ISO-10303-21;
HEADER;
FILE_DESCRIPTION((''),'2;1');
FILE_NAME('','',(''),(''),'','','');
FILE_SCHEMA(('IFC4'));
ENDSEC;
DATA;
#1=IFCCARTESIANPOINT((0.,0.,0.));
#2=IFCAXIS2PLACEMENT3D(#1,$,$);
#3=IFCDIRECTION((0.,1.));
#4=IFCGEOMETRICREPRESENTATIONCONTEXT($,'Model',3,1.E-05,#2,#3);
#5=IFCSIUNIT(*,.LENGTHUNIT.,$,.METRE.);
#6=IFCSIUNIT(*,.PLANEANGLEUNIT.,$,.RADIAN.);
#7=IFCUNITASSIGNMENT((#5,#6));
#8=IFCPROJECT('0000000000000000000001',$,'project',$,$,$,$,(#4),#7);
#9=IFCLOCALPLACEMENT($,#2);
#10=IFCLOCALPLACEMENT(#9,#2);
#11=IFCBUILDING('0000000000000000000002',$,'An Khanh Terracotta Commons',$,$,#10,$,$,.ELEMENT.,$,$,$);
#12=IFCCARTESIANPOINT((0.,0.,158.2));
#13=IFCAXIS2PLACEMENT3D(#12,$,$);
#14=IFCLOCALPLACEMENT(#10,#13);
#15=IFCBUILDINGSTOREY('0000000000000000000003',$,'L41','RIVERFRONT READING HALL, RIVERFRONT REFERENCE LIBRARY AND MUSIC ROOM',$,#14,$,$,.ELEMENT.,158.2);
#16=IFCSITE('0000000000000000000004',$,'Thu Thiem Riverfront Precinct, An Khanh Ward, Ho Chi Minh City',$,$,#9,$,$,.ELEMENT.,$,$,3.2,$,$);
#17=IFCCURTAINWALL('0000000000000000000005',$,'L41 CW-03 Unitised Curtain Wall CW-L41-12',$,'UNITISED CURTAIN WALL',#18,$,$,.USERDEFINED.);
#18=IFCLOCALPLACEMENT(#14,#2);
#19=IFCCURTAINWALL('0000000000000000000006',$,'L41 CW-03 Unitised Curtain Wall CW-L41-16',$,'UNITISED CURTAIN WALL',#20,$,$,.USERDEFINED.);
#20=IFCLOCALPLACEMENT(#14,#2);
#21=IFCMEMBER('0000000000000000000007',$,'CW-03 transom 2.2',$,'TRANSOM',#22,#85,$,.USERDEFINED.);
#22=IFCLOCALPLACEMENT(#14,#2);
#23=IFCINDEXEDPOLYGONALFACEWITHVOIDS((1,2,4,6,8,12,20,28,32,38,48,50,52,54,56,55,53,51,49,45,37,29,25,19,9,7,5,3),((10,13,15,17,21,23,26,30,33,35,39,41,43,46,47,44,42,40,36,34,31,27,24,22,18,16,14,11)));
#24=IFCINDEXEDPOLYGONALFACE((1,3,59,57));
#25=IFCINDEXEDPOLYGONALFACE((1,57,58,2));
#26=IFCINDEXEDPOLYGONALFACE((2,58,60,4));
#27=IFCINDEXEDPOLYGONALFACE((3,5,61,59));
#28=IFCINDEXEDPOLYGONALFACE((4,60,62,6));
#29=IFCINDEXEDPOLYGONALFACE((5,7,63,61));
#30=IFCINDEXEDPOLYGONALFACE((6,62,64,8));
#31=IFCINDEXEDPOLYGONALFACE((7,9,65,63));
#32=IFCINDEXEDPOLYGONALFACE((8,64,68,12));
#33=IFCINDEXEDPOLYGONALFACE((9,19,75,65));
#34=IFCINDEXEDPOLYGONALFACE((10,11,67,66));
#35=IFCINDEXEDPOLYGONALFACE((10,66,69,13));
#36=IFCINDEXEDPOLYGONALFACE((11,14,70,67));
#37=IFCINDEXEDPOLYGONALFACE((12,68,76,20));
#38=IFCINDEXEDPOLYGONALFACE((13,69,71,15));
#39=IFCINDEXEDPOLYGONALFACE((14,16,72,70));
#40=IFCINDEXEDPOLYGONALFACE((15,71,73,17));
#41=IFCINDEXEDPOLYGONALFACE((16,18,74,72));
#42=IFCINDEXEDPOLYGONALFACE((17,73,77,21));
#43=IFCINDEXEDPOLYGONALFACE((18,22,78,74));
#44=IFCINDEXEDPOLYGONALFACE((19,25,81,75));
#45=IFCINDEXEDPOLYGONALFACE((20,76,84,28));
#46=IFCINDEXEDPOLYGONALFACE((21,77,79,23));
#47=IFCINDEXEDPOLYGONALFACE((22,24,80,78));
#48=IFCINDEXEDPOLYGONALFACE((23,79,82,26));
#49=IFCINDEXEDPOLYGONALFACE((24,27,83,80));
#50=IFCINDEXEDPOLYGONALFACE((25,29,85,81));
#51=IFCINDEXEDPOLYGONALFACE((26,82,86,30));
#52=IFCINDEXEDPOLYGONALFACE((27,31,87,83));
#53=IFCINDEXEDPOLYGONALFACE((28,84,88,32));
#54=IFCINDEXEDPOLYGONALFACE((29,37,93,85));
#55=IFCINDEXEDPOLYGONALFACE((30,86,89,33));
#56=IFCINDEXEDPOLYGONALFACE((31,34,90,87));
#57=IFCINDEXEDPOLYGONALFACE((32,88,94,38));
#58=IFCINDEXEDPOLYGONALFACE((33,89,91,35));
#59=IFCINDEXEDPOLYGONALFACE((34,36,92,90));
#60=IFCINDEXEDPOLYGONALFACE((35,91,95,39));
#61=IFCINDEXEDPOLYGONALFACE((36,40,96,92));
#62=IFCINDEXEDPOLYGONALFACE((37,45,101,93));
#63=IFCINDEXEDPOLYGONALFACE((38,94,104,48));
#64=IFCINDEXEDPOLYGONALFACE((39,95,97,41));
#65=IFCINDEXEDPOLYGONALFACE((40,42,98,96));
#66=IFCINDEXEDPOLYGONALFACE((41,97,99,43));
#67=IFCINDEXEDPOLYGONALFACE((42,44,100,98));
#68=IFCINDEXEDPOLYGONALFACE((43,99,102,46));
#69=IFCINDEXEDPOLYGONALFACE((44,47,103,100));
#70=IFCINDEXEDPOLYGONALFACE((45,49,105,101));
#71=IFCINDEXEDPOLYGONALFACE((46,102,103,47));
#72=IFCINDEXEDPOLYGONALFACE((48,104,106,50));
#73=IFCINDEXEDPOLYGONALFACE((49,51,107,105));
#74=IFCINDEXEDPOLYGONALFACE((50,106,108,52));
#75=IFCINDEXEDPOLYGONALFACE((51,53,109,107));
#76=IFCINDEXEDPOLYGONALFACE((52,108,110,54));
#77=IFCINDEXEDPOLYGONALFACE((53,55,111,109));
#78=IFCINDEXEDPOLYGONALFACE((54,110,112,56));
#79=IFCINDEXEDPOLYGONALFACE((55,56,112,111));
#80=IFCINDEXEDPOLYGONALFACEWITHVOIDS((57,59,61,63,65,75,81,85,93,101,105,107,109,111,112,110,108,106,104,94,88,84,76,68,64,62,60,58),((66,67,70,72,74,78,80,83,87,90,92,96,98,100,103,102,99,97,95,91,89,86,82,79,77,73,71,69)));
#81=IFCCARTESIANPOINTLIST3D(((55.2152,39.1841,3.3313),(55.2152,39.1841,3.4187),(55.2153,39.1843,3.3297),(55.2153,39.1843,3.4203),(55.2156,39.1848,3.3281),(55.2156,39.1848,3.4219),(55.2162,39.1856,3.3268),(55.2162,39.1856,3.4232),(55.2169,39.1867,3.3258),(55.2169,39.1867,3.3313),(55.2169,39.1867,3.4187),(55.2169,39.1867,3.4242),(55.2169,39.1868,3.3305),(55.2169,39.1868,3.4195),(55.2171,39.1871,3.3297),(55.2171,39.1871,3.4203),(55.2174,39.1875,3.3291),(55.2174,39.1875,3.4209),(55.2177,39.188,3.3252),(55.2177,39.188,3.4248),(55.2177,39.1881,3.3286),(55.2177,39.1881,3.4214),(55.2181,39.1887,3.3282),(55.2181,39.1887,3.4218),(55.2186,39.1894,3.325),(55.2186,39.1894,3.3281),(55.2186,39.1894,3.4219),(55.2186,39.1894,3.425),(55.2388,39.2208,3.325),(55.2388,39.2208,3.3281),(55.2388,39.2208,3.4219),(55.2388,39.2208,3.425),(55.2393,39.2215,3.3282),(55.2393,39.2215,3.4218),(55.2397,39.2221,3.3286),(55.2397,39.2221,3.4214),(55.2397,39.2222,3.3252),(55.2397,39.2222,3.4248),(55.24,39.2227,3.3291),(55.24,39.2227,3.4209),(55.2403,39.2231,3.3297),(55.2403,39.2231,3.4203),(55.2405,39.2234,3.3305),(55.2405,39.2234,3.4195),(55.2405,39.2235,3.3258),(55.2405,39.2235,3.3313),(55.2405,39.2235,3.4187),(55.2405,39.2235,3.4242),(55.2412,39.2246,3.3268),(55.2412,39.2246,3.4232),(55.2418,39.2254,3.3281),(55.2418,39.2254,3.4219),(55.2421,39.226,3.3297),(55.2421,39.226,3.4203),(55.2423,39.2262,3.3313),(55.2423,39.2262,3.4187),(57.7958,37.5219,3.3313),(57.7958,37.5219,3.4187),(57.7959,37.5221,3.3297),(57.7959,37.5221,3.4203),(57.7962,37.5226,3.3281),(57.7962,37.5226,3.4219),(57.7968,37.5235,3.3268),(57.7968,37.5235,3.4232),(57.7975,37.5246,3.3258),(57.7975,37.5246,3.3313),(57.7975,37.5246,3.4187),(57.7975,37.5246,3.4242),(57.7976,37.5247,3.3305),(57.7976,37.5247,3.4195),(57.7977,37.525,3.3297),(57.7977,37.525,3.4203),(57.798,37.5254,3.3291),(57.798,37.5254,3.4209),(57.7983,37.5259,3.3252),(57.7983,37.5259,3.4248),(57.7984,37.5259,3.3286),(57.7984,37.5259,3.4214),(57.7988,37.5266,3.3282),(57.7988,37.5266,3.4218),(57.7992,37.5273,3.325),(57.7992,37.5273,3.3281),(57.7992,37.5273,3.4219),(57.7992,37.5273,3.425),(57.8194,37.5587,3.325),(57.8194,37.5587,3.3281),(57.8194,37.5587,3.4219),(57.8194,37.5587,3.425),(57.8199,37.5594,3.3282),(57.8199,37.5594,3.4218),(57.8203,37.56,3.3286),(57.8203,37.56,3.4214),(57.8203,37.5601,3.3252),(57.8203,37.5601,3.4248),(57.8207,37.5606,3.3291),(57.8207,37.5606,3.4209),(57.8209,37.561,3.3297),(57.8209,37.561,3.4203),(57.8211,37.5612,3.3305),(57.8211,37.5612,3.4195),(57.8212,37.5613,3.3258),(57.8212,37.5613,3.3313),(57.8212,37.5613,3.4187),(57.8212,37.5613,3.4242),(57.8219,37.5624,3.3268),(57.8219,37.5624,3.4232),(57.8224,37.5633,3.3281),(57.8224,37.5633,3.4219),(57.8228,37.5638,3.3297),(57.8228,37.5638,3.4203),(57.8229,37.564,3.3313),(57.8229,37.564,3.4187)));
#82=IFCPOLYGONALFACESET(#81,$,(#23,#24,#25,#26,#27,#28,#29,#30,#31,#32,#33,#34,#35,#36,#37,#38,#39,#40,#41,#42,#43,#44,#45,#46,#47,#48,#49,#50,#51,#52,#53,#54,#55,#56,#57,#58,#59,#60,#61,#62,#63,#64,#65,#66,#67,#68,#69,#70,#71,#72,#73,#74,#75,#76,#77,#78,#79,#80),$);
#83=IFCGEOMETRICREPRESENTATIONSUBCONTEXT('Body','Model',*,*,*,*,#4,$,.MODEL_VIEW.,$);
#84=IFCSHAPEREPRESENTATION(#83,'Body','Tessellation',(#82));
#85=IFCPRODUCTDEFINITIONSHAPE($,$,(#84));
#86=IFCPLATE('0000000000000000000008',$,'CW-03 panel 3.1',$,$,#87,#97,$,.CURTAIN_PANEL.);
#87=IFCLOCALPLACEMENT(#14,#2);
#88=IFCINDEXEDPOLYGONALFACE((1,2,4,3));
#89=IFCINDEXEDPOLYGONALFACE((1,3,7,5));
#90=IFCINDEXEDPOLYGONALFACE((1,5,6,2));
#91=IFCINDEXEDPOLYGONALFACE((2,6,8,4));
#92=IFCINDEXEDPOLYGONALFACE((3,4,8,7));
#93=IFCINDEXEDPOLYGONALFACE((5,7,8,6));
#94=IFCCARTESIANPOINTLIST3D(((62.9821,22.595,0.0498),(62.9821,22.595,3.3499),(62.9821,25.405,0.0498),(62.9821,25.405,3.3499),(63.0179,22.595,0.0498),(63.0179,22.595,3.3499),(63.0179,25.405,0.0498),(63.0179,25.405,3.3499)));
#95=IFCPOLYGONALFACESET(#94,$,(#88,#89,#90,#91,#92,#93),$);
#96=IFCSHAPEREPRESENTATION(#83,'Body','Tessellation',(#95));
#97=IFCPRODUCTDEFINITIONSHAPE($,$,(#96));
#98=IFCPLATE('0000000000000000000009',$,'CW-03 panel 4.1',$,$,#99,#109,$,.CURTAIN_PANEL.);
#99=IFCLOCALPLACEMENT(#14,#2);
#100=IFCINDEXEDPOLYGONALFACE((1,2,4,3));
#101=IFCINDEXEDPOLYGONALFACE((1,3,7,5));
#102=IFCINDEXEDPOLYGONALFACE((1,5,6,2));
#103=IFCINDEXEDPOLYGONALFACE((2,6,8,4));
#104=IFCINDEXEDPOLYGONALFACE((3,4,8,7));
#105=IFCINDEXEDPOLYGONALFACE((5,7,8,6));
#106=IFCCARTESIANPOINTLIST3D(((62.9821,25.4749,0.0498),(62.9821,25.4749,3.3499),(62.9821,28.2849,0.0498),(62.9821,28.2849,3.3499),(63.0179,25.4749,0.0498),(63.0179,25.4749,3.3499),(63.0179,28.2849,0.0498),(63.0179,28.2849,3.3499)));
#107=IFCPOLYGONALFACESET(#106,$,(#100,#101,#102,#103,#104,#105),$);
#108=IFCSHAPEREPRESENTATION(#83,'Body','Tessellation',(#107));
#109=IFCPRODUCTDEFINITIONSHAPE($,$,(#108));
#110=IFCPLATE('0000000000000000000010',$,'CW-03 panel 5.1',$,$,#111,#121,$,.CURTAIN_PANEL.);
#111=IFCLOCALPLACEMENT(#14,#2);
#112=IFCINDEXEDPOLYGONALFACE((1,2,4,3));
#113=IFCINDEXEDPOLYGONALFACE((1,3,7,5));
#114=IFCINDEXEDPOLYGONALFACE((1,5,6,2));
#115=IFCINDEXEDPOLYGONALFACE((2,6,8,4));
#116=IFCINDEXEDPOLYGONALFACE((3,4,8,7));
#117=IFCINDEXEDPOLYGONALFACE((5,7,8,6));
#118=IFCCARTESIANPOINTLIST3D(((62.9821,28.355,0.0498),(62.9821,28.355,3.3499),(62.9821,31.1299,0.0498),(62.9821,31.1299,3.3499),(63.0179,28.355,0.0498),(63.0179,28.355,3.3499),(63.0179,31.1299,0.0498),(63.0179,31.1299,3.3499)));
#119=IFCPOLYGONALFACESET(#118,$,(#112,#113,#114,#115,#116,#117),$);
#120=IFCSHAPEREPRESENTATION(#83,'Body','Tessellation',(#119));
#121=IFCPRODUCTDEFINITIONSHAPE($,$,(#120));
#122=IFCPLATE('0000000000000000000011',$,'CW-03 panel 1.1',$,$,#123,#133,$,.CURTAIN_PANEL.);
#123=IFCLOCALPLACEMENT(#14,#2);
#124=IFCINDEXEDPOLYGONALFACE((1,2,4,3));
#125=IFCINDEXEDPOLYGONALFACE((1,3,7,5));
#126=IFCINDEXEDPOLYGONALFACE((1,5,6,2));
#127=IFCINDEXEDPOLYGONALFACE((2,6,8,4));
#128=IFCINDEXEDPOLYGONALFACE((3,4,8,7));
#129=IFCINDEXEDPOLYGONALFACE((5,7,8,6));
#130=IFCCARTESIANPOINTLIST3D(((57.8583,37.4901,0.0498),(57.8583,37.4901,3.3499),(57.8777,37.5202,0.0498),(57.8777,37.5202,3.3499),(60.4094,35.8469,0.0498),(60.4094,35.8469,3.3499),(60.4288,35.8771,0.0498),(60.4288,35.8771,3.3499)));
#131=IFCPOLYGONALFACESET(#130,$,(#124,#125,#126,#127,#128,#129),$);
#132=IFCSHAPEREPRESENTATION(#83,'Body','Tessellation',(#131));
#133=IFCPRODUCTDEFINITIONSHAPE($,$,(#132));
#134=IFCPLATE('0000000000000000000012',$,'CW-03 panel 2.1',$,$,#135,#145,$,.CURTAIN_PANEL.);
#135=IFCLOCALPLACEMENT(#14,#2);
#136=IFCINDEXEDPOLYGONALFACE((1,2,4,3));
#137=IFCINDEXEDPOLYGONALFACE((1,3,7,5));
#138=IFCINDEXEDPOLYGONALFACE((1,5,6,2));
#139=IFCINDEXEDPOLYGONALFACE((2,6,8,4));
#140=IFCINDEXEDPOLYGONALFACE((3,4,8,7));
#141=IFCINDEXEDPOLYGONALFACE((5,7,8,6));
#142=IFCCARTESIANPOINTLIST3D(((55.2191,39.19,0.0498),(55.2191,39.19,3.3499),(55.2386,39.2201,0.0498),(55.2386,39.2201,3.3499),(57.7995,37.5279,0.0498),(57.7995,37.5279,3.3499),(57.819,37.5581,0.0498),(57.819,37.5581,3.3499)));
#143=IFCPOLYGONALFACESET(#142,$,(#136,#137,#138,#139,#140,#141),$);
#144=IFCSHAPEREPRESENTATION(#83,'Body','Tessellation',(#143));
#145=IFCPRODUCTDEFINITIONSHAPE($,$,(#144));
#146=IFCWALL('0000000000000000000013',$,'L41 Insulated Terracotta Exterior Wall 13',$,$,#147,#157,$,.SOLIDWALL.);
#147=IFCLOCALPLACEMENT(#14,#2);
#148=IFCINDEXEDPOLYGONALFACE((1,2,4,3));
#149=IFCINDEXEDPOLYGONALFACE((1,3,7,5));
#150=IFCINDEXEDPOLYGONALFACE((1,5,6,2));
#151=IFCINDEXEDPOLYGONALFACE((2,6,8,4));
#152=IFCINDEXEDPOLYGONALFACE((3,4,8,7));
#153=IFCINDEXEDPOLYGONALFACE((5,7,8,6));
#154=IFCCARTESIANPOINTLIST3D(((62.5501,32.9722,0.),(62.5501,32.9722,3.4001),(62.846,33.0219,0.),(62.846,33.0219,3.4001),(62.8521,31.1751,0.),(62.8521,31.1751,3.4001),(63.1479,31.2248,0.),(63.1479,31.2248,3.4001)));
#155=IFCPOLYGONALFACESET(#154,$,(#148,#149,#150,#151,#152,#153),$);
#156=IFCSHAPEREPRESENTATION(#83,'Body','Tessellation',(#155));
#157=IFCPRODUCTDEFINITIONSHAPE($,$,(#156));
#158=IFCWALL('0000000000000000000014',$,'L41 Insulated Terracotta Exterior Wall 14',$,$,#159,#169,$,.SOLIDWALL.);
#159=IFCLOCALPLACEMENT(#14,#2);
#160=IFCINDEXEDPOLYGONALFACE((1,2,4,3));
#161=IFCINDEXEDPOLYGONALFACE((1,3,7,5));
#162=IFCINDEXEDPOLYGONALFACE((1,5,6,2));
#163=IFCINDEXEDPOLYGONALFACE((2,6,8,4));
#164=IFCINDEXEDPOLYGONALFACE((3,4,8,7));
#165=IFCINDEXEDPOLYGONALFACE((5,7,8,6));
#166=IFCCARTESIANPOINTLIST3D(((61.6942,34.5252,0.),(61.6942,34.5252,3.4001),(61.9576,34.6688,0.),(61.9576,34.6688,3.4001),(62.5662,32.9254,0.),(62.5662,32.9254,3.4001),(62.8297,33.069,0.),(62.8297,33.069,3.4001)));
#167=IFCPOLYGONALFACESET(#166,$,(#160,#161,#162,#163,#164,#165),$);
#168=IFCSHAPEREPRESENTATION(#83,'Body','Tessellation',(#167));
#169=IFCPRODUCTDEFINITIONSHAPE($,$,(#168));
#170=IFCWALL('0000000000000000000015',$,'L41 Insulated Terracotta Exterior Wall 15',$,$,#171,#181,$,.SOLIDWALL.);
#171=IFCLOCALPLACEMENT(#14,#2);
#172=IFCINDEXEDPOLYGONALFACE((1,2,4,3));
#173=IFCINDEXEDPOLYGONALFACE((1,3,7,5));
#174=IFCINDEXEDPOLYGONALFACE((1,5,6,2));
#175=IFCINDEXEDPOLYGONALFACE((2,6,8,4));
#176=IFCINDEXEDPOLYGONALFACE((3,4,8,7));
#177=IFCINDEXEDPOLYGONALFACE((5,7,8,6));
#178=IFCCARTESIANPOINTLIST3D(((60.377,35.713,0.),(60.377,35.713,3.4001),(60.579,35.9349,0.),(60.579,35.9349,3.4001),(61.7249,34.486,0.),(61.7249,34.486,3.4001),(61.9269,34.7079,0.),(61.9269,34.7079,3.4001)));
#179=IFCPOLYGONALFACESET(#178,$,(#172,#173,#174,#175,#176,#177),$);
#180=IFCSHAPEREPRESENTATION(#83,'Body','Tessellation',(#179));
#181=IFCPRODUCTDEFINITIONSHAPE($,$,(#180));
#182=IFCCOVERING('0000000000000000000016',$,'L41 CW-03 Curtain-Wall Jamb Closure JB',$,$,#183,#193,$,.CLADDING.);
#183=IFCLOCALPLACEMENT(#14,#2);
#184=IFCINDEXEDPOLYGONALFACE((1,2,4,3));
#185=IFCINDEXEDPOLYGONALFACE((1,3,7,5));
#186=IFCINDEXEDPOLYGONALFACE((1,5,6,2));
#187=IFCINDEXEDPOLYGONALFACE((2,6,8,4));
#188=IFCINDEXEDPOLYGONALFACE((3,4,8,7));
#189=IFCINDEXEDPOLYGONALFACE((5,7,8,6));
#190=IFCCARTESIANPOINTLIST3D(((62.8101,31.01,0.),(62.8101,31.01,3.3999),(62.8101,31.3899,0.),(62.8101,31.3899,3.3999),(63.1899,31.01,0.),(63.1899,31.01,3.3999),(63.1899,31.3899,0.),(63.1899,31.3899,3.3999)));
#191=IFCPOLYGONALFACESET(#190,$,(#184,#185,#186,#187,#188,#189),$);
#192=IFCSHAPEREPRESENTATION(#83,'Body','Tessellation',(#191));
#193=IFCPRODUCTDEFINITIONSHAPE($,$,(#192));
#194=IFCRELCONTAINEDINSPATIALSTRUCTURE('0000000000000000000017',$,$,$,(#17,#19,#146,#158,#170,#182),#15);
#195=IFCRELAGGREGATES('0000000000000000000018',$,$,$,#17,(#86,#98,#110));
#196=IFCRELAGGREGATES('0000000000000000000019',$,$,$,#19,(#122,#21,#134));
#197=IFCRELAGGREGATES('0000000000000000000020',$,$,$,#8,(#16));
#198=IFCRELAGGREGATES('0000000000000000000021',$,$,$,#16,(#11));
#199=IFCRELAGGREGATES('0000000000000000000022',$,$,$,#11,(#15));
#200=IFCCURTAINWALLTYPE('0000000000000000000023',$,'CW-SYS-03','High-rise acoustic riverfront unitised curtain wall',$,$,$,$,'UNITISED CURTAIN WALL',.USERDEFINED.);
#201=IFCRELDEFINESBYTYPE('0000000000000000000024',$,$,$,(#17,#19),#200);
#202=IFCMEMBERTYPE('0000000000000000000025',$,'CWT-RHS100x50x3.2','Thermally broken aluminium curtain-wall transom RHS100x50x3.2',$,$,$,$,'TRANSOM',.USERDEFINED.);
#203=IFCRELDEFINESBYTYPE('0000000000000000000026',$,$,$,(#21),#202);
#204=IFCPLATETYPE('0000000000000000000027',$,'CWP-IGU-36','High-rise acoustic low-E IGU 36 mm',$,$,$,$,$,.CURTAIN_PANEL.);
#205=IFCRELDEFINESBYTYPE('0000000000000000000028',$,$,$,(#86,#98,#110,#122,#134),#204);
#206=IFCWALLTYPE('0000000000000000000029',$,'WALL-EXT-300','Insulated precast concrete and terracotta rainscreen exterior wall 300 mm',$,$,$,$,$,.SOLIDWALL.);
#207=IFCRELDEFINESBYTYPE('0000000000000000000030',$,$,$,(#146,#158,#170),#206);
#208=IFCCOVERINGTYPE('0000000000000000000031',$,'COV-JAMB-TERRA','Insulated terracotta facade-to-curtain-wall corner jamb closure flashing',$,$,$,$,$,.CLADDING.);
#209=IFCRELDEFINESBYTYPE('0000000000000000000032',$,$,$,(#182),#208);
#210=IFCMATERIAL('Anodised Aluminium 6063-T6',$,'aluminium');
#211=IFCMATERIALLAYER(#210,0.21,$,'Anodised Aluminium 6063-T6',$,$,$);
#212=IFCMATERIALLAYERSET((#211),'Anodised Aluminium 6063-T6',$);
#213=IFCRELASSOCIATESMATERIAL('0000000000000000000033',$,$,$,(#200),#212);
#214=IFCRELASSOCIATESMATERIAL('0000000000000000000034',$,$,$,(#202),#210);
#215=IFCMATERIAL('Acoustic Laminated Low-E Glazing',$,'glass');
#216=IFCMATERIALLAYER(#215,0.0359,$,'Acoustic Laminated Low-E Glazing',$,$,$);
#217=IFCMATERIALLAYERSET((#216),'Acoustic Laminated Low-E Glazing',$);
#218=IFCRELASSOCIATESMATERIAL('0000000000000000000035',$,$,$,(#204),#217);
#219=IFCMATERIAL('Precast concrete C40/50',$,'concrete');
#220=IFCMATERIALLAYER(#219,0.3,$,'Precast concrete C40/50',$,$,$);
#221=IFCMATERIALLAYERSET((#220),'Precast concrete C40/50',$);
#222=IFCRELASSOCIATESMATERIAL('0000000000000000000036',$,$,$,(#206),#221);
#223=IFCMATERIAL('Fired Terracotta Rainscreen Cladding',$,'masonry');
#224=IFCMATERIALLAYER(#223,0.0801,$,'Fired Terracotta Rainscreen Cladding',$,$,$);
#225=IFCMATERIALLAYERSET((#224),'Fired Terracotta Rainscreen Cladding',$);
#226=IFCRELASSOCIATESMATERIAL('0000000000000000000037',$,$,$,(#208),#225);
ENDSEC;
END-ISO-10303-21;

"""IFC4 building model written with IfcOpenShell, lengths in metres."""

from ifc_helpers import new_model, si_unit, direction, frame, frame_2d, origin, origin_2d, place, context, subcontext, project, spatial, rectangle, hollow_rectangle, extrude, material, layer, layer_set, material_profile, profile_set, type_object, element, aggregate, save


model = new_model("IFC4")

# Units and contexts
model_context = context("Model", 3, precision=1e-05, world=origin(), true_north=direction((0.0, 1.0)))
body_context = subcontext(model_context, "Body", "Model", "MODEL_VIEW")
ifc_project = project(units=[si_unit("LENGTHUNIT", "METRE"), si_unit("PLANEANGLEUNIT", "RADIAN")], contexts=[model_context])

# Site, building, storey
site_placement = place(None, origin())
site = spatial("IfcSite", under=ifc_project, at=site_placement, Name="Thu Thiem Riverfront Precinct, An Khanh Ward, Ho Chi Minh City", CompositionType="ELEMENT", RefElevation=3.2)
building_placement = place(site_placement, origin())
building = spatial("IfcBuilding", under=site, at=building_placement, Name="An Khanh Terracotta Commons", CompositionType="ELEMENT")
storey_placement = place(building_placement, frame((0.0, 0.0, 158.2)))
storey = spatial("IfcBuildingStorey", under=building, at=storey_placement, Name="L41", Description="RIVERFRONT READING HALL, RIVERFRONT REFERENCE LIBRARY AND MUSIC ROOM", CompositionType="ELEMENT", Elevation=158.2)

# Curtain walls
ifc_material_1 = material(Name="Anodised Aluminium 6063-T6", Category="aluminium")
ifc_layer_1 = layer(ifc_material_1, 0.21, Name="Anodised Aluminium 6063-T6")
ifc_layer_set_1 = layer_set([ifc_layer_1], Name="Anodised Aluminium 6063-T6")
curtain_wall_type = type_object("IfcCurtainWallType", Name="CW-SYS-03", Description="High-rise acoustic riverfront unitised curtain wall", ElementType="UNITISED CURTAIN WALL", PredefinedType="USERDEFINED", material=ifc_layer_set_1)
curtain_wall_1_placement = place(storey_placement, origin())
curtain_wall_1 = element("IfcCurtainWall", 1, at=curtain_wall_1_placement, inside=storey, type_object=curtain_wall_type, Name="L41 CW-03 Unitised Curtain Wall CW-L41-12", ObjectType="UNITISED CURTAIN WALL", PredefinedType="USERDEFINED")
curtain_wall_2_placement = place(storey_placement, origin())
curtain_wall_2 = element("IfcCurtainWall", 2, at=curtain_wall_2_placement, inside=storey, type_object=curtain_wall_type, Name="L41 CW-03 Unitised Curtain Wall CW-L41-16", ObjectType="UNITISED CURTAIN WALL", PredefinedType="USERDEFINED")

# Member
ifc_material_profile_1 = material_profile(ifc_material_1, hollow_rectangle(XDim=0.05, YDim=0.1001, WallThickness=0.0032, InnerFilletRadius=0.0032, OuterFilletRadius=0.0063, at=origin_2d()), Name="RHS100x50x3.2")
ifc_profile_set_1 = profile_set([ifc_material_profile_1], Name="Anodised Aluminium 6063-T6")
member_type_1 = type_object("IfcMemberType", Name="CWT-RHS100x50x3.2", Description="Thermally broken aluminium curtain-wall transom RHS100x50x3.2", ElementType="TRANSOM", PredefinedType="USERDEFINED", material=ifc_profile_set_1)
member_1_placement = place(storey_placement, frame((57.8093, 37.543, 3.375), z_axis=(-0.840708, 0.541489, 0.0), x_axis=(-0.541489, -0.840708, 0.0)))
member_1 = element("IfcMember", 3, at=member_1_placement, type_object=member_type_1, Name="CW-03 transom 2.2", ObjectType="TRANSOM", PredefinedType="USERDEFINED", context=body_context, shape_type="SweptSolid", body=[
    extrude(hollow_rectangle(XDim=0.05, YDim=0.1001, WallThickness=0.0032, InnerFilletRadius=0.0032, OuterFilletRadius=0.0063, at=origin_2d()), origin(), (0.0, 0.0, 1.0), 3.0696),
])

# Plates
ifc_material_2 = material(Name="Acoustic Laminated Low-E Glazing", Category="glass")
ifc_layer_2 = layer(ifc_material_2, 0.0359, Name="Acoustic Laminated Low-E Glazing")
ifc_layer_set_2 = layer_set([ifc_layer_2], Name="Acoustic Laminated Low-E Glazing")
plate_type = type_object("IfcPlateType", Name="CWP-IGU-36", Description="High-rise acoustic low-E IGU 36 mm", PredefinedType="CURTAIN_PANEL", material=ifc_layer_set_2)
plate_1_placement = place(storey_placement, frame((63.0, 24.0, 0.0498), z_axis=(0.0, 0.0, 1.0), x_axis=(0.0, 1.0, 0.0)))
plate_1 = element("IfcPlate", 4, at=plate_1_placement, type_object=plate_type, Name="CW-03 panel 3.1", PredefinedType="CURTAIN_PANEL", context=body_context, shape_type="SweptSolid", body=[
    extrude(rectangle(XDim=2.8101, YDim=0.0359, at=origin_2d()), origin(), (0.0, 0.0, 1.0), 3.3),
])
plate_2_placement = place(storey_placement, frame((63.0, 26.8799, 0.0498), z_axis=(0.0, 0.0, 1.0), x_axis=(0.0, 1.0, 0.0)))
plate_2 = element("IfcPlate", 5, at=plate_2_placement, type_object=plate_type, Name="CW-03 panel 4.1", PredefinedType="CURTAIN_PANEL", context=body_context, shape_type="SweptSolid", body=[
    extrude(rectangle(XDim=2.8101, YDim=0.0359, at=origin_2d()), origin(), (0.0, 0.0, 1.0), 3.3),
])
plate_3_placement = place(storey_placement, frame((63.0, 29.7424, 0.0498), z_axis=(0.0, 0.0, 1.0), x_axis=(0.0, 1.0, 0.0)))
plate_3 = element("IfcPlate", 6, at=plate_3_placement, type_object=plate_type, Name="CW-03 panel 5.1", PredefinedType="CURTAIN_PANEL", context=body_context, shape_type="SweptSolid", body=[
    extrude(rectangle(XDim=2.7749, YDim=0.0359, at=origin_2d()), origin(), (0.0, 0.0, 1.0), 3.3),
])
aggregate(curtain_wall_1, [plate_1, plate_2, plate_3])
plate_4_placement = place(storey_placement, frame((59.1436, 36.6836, 0.0498), z_axis=(0.0, 0.0, 1.0), x_axis=(-0.840702, 0.541498, 0.0)))
plate_4 = element("IfcPlate", 7, at=plate_4_placement, type_object=plate_type, Name="CW-03 panel 1.1", PredefinedType="CURTAIN_PANEL", context=body_context, shape_type="SweptSolid", body=[
    extrude(rectangle(XDim=3.0344, YDim=0.0359, at=origin_2d()), origin(), (0.0, 0.0, 1.0), 3.3),
])
plate_5_placement = place(storey_placement, frame((56.519, 38.374, 0.0498), z_axis=(0.0, 0.0, 1.0), x_axis=(-0.840702, 0.541498, 0.0)))
plate_5 = element("IfcPlate", 8, at=plate_5_placement, type_object=plate_type, Name="CW-03 panel 2.1", PredefinedType="CURTAIN_PANEL", context=body_context, shape_type="SweptSolid", body=[
    extrude(rectangle(XDim=3.0693, YDim=0.0359, at=origin_2d()), origin(), (0.0, 0.0, 1.0), 3.3),
])
aggregate(curtain_wall_2, [plate_4, member_1, plate_5])

# Walls
ifc_material_3 = material(Name="Precast concrete C40/50", Category="concrete")
ifc_layer_3 = layer(ifc_material_3, 0.3, Name="Precast concrete C40/50")
ifc_layer_set_3 = layer_set([ifc_layer_3], Name="Precast concrete C40/50")
wall_type = type_object("IfcWallType", Name="WALL-EXT-300", Description="Insulated precast concrete and terracotta rainscreen exterior wall 300 mm", PredefinedType="SOLIDWALL", material=ifc_layer_set_3)
wall_1_placement = place(storey_placement, frame((63.0, 31.2, 0.0), z_axis=(0.0, 0.0, 1.0), x_axis=(-0.165724, 0.986172, 0.0)))
element("IfcWall", 9, at=wall_1_placement, inside=storey, type_object=wall_type, Name="L41 Insulated Terracotta Exterior Wall 13", PredefinedType="SOLIDWALL", context=body_context, shape_type="SweptSolid", body=[
    extrude(rectangle(XDim=1.8223, YDim=0.3, at=frame_2d((0.9111, 0.0))), origin(), (0.0, 0.0, 1.0), 3.4001),
])
wall_2_placement = place(storey_placement, frame((62.698, 32.9971, 0.0), z_axis=(0.0, 0.0, 1.0), x_axis=(-0.478608, 0.878029, 0.0)))
element("IfcWall", 10, at=wall_2_placement, inside=storey, type_object=wall_type, Name="L41 Insulated Terracotta Exterior Wall 14", PredefinedType="SOLIDWALL", context=body_context, shape_type="SweptSolid", body=[
    extrude(rectangle(XDim=1.822, YDim=0.3, at=frame_2d((0.9111, 0.0))), origin(), (0.0, 0.0, 1.0), 3.4001),
])
wall_3_placement = place(storey_placement, frame((61.8259, 34.5969, 0.0), z_axis=(0.0, 0.0, 1.0), x_axis=(-0.739479, 0.673179, 0.0)))
element("IfcWall", 11, at=wall_3_placement, inside=storey, type_object=wall_type, Name="L41 Insulated Terracotta Exterior Wall 15", PredefinedType="SOLIDWALL", context=body_context, shape_type="SweptSolid", body=[
    extrude(rectangle(XDim=1.8228, YDim=0.3, at=frame_2d((0.9114, 0.0))), origin(), (0.0, 0.0, 1.0), 3.4001),
])

# Covering
ifc_material_4 = material(Name="Fired Terracotta Rainscreen Cladding", Category="masonry")
ifc_layer_4 = layer(ifc_material_4, 0.0801, Name="Fired Terracotta Rainscreen Cladding")
ifc_layer_set_4 = layer_set([ifc_layer_4], Name="Fired Terracotta Rainscreen Cladding")
covering_type = type_object("IfcCoveringType", Name="COV-JAMB-TERRA", Description="Insulated terracotta facade-to-curtain-wall corner jamb closure flashing", PredefinedType="CLADDING", material=ifc_layer_set_4)
for number, where, z_axis, x_axis, name in (
    (12, (63.0, 31.2, 0.0), (0.0, 0.0, 1.0), (1.0, 0.0, 0.0), "L41 CW-03 Curtain-Wall Jamb Closure JB"),
):
    element("IfcCovering", number, at=place(storey_placement, frame(where, z_axis=z_axis, x_axis=x_axis)), inside=storey, type_object=covering_type, Name=name, PredefinedType="CLADDING", context=body_context, shape_type="SweptSolid", body=[
        extrude(rectangle(XDim=0.3799, YDim=0.3799, at=origin_2d()), origin(), (0.0, 0.0, 1.0), 3.3999),
    ])

save(model, "model.ifc")
